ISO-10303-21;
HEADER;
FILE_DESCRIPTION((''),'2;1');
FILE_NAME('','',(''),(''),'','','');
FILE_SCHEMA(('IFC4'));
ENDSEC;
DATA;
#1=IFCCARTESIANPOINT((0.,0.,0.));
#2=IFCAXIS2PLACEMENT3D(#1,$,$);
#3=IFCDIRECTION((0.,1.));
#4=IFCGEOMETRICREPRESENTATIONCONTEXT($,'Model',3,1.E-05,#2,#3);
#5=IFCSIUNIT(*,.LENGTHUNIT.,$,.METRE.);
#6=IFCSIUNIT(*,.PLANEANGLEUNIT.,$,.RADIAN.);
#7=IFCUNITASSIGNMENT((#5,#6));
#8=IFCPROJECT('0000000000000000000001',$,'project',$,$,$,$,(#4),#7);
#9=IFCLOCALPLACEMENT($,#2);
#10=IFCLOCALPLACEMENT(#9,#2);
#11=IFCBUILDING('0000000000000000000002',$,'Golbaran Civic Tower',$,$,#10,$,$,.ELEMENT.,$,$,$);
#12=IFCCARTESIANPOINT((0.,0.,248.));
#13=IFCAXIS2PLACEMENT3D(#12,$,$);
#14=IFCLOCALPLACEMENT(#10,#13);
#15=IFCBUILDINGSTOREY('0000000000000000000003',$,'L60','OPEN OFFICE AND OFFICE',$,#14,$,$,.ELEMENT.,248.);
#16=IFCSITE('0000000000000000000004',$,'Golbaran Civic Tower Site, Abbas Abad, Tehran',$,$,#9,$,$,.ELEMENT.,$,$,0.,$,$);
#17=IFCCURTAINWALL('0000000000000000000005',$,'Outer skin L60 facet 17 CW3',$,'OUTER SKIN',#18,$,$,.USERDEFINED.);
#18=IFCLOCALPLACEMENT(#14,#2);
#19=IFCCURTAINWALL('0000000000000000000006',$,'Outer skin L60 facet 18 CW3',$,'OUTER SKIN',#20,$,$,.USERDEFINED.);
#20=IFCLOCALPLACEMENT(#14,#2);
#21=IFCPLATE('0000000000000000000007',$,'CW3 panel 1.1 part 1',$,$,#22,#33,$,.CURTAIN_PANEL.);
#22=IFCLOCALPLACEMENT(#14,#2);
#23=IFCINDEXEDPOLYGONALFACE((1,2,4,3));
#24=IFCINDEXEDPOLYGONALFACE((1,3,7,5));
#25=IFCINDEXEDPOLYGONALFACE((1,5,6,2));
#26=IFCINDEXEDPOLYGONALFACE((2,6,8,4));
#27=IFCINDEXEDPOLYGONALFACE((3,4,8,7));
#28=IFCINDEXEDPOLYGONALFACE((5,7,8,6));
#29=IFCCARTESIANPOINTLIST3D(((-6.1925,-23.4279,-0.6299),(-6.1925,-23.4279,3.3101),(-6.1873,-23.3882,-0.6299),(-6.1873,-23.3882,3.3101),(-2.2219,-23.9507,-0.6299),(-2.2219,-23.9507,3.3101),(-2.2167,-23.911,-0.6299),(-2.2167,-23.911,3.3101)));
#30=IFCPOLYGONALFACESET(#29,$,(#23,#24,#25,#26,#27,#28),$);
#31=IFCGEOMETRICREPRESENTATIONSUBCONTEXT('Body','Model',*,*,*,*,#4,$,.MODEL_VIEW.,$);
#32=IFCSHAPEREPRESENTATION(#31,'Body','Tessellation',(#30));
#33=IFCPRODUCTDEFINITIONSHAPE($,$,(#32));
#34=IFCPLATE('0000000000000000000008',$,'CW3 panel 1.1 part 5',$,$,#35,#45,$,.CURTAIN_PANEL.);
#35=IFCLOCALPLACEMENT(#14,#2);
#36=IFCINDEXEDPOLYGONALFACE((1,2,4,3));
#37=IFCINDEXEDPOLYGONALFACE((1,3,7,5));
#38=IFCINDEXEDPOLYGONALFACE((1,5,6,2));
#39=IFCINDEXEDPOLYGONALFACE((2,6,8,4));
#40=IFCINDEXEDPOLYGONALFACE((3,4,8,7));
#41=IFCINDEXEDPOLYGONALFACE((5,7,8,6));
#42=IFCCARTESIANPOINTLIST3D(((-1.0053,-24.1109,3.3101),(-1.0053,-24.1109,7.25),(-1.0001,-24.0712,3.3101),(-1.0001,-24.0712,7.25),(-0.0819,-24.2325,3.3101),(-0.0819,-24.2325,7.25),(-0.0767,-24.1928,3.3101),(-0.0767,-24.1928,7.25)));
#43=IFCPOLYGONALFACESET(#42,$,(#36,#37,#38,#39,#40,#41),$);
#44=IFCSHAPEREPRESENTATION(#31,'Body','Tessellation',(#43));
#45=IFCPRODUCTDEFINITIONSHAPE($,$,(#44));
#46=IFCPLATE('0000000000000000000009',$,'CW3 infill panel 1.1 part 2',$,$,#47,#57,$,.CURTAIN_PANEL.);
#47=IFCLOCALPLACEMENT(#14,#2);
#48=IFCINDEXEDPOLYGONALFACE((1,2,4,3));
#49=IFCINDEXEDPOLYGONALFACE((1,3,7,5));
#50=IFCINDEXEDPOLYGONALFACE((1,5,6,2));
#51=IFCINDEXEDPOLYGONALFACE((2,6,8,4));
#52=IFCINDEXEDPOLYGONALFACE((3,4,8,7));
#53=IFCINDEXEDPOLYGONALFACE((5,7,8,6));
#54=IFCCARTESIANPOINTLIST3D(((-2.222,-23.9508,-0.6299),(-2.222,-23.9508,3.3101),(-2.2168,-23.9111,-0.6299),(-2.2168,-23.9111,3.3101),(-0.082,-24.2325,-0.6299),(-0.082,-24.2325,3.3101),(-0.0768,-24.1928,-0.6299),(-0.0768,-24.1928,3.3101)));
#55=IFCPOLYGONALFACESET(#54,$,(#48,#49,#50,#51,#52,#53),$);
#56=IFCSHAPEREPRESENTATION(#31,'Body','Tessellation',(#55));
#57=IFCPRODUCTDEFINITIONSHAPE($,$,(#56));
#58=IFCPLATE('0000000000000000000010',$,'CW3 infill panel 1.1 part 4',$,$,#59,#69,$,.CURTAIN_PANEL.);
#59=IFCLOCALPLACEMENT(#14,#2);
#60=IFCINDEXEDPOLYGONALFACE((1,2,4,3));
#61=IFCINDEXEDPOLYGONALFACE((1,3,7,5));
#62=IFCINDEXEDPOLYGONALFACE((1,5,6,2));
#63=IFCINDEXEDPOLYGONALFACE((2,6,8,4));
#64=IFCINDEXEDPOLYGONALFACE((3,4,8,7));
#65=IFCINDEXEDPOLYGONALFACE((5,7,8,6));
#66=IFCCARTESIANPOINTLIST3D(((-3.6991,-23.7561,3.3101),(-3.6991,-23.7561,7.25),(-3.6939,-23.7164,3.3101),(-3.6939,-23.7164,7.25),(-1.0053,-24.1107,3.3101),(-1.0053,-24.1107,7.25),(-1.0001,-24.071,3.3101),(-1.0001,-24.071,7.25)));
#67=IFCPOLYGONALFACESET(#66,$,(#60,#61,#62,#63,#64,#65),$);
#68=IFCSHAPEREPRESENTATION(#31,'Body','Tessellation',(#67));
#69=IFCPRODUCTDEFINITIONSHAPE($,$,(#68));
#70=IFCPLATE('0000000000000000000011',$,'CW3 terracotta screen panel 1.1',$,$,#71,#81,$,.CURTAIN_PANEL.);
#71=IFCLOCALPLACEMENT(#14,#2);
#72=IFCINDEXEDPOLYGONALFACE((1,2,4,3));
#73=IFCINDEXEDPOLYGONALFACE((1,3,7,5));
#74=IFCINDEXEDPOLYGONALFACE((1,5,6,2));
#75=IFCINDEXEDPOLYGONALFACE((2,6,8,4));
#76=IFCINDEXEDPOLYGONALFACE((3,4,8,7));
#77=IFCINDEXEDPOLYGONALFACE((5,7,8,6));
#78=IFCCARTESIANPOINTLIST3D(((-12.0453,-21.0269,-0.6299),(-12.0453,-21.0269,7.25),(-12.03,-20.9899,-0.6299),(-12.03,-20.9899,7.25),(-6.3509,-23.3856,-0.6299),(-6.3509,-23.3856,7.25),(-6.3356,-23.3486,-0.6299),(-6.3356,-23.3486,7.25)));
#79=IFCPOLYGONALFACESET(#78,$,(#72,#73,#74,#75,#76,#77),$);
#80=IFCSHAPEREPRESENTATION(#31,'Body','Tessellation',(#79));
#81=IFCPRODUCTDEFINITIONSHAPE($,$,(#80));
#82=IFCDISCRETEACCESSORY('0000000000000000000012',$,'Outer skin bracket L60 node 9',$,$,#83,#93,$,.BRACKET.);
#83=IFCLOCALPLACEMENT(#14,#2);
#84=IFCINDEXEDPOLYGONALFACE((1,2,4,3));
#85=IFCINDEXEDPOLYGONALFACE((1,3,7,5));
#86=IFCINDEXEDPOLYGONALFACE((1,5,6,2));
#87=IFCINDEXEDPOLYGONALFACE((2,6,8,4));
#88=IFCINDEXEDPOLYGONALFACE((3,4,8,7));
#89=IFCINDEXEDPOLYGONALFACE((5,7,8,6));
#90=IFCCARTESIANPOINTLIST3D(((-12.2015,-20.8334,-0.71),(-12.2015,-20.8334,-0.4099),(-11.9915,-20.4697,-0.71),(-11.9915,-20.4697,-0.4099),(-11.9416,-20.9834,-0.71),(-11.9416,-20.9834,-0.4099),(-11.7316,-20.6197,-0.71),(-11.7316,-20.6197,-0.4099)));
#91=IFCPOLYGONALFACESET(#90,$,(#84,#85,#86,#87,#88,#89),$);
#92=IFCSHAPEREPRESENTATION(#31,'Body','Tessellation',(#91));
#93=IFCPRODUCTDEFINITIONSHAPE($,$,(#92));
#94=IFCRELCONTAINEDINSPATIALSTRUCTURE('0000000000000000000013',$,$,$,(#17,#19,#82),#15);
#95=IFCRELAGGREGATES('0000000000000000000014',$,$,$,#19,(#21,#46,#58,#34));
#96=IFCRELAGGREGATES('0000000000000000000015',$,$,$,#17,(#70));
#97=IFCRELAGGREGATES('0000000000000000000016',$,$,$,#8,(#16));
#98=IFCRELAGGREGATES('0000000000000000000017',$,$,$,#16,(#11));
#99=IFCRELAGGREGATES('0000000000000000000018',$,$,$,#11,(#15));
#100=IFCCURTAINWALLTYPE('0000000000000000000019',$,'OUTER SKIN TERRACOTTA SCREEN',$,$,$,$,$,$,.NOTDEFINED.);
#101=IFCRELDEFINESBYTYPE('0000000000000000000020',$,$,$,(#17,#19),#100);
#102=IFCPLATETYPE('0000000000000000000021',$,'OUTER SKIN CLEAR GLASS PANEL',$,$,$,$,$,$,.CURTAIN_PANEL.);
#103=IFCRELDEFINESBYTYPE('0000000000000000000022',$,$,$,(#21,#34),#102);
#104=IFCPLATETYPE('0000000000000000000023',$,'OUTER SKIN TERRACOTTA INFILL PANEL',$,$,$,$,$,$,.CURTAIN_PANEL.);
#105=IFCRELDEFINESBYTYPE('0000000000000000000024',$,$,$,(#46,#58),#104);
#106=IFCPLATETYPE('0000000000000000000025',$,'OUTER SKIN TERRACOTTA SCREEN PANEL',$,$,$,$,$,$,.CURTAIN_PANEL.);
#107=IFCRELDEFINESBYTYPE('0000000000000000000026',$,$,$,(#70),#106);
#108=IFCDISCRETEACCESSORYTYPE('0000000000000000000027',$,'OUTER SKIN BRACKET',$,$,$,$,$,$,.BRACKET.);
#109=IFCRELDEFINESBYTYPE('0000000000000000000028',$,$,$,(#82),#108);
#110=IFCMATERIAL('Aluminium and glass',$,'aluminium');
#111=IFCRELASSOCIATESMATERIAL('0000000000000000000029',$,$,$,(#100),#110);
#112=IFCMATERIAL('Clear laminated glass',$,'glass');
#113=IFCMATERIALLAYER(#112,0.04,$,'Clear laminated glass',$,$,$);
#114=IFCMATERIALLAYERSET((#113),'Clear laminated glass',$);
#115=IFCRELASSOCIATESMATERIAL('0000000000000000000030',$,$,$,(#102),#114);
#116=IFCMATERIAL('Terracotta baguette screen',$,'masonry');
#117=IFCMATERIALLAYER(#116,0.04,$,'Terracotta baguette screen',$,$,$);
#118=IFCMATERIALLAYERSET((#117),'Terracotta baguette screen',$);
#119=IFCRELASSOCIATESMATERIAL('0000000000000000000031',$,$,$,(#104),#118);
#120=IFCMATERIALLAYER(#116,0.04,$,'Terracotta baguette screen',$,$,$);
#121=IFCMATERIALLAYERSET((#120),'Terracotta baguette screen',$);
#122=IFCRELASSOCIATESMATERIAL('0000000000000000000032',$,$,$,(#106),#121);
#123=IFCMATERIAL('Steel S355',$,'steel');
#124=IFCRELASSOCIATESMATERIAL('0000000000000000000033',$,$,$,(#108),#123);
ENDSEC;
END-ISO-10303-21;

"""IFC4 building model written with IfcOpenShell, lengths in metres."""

from ifc_helpers import new_model, si_unit, direction, frame, origin, origin_2d, place, context, subcontext, project, spatial, rectangle, extrude, material, layer, layer_set, type_object, element, aggregate, save


model = new_model("IFC4")

# Units and contexts
model_context = context("Model", 3, precision=1e-05, world=origin(), true_north=direction((0.0, 1.0)))
body_context = subcontext(model_context, "Body", "Model", "MODEL_VIEW")
ifc_project = project(units=[si_unit("LENGTHUNIT", "METRE"), si_unit("PLANEANGLEUNIT", "RADIAN")], contexts=[model_context])

# Site, building, storey
site_placement = place(None, origin())
site = spatial("IfcSite", under=ifc_project, at=site_placement, Name="Golbaran Civic Tower Site, Abbas Abad, Tehran", CompositionType="ELEMENT", RefElevation=0.0)
building_placement = place(site_placement, origin())
building = spatial("IfcBuilding", under=site, at=building_placement, Name="Golbaran Civic Tower", CompositionType="ELEMENT")
storey_placement = place(building_placement, frame((0.0, 0.0, 248.0)))
storey = spatial("IfcBuildingStorey", under=building, at=storey_placement, Name="L60", Description="OPEN OFFICE AND OFFICE", CompositionType="ELEMENT", Elevation=248.0)

# Shared definitions
ifc_material_1 = material(Name="Steel S355", Category="steel")

# Shared definitions
ifc_material_2 = material(Name="Aluminium and glass", Category="aluminium")

# Shared definitions
curtain_wall_type_1 = type_object("IfcCurtainWallType", Name="OUTER SKIN TERRACOTTA SCREEN", PredefinedType="NOTDEFINED", material=ifc_material_2)

# Curtain walls
curtain_wall_1_placement = place(storey_placement, origin())
curtain_wall_1 = element("IfcCurtainWall", 1, at=curtain_wall_1_placement, inside=storey, type_object=curtain_wall_type_1, Name="Outer skin L60 facet 17 CW3", ObjectType="OUTER SKIN", PredefinedType="USERDEFINED")
curtain_wall_2_placement = place(storey_placement, origin())
curtain_wall_2 = element("IfcCurtainWall", 2, at=curtain_wall_2_placement, inside=storey, type_object=curtain_wall_type_1, Name="Outer skin L60 facet 18 CW3", ObjectType="OUTER SKIN", PredefinedType="USERDEFINED")

# Plates
ifc_material_3 = material(Name="Clear laminated glass", Category="glass")
ifc_layer_1 = layer(ifc_material_3, 0.04, Name="Clear laminated glass")
ifc_layer_set_1 = layer_set([ifc_layer_1], Name="Clear laminated glass")
plate_type_1 = type_object("IfcPlateType", Name="OUTER SKIN CLEAR GLASS PANEL", PredefinedType="CURTAIN_PANEL", material=ifc_layer_set_1)
plate_1_placement = place(storey_placement, frame((-4.2046, -23.6694, -0.6299), z_axis=(0.0, 0.0, 1.0), x_axis=(0.991445, -0.130526, 0.0)))
plate_1 = element("IfcPlate", 3, at=plate_1_placement, type_object=plate_type_1, Name="CW3 panel 1.1 part 1", PredefinedType="CURTAIN_PANEL", context=body_context, shape_type="SweptSolid", body=[
    extrude(rectangle(XDim=4.0049, YDim=0.04, at=origin_2d()), origin(), (0.0, 0.0, 1.0), 3.9399),
])
plate_2_placement = place(storey_placement, frame((-0.541, -24.1519, 3.3101), z_axis=(0.0, 0.0, 1.0), x_axis=(0.991445, -0.130526, 0.0)))
plate_2 = element("IfcPlate", 4, at=plate_2_placement, type_object=plate_type_1, Name="CW3 panel 1.1 part 5", PredefinedType="CURTAIN_PANEL", context=body_context, shape_type="SweptSolid", body=[
    extrude(rectangle(XDim=0.9314, YDim=0.04, at=origin_2d()), origin(), (0.0, 0.0, 1.0), 3.9399),
])
ifc_material_4 = material(Name="Terracotta baguette screen", Category="masonry")
ifc_layer_2 = layer(ifc_material_4, 0.04, Name="Terracotta baguette screen")
ifc_layer_set_2 = layer_set([ifc_layer_2], Name="Terracotta baguette screen")
plate_type_2 = type_object("IfcPlateType", Name="OUTER SKIN TERRACOTTA INFILL PANEL", PredefinedType="CURTAIN_PANEL", material=ifc_layer_set_2)
plate_3_placement = place(storey_placement, frame((-1.1494, -24.0718, -0.6299), z_axis=(0.0, 0.0, 1.0), x_axis=(0.991445, -0.130526, 0.0)))
plate_3 = element("IfcPlate", 5, at=plate_3_placement, type_object=plate_type_2, Name="CW3 infill panel 1.1 part 2", PredefinedType="CURTAIN_PANEL", context=body_context, shape_type="SweptSolid", body=[
    extrude(rectangle(XDim=2.1584, YDim=0.04, at=origin_2d()), origin(), (0.0, 0.0, 1.0), 3.9399),
])
plate_4_placement = place(storey_placement, frame((-2.3496, -23.9136, 3.3101), z_axis=(0.0, 0.0, 1.0), x_axis=(0.991445, -0.130526, 0.0)))
plate_4 = element("IfcPlate", 6, at=plate_4_placement, type_object=plate_type_2, Name="CW3 infill panel 1.1 part 4", PredefinedType="CURTAIN_PANEL", context=body_context, shape_type="SweptSolid", body=[
    extrude(rectangle(XDim=2.717, YDim=0.04, at=origin_2d()), origin(), (0.0, 0.0, 1.0), 3.9399),
])
aggregate(curtain_wall_2, [plate_1, plate_3, plate_4, plate_2])
ifc_layer_3 = layer(ifc_material_4, 0.04, Name="Terracotta baguette screen")
ifc_layer_set_3 = layer_set([ifc_layer_3], Name="Terracotta baguette screen")
plate_type_3 = type_object("IfcPlateType", Name="OUTER SKIN TERRACOTTA SCREEN PANEL", PredefinedType="CURTAIN_PANEL", material=ifc_layer_set_3)
plate_5_placement = place(storey_placement, frame((-9.1904, -22.1877, -0.6299), z_axis=(0.0, 0.0, 1.0), x_axis=(0.92388, -0.382683, 0.0)))
plate_5 = element("IfcPlate", 7, at=plate_5_placement, type_object=plate_type_3, Name="CW3 terracotta screen panel 1.1", PredefinedType="CURTAIN_PANEL", context=body_context, shape_type="SweptSolid", body=[
    extrude(rectangle(XDim=6.1636, YDim=0.04, at=origin_2d()), origin(), (0.0, 0.0, 1.0), 7.8799),
])
aggregate(curtain_wall_1, [plate_5])

# Discrete accessory
discrete_accessory_type = type_object("IfcDiscreteAccessoryType", Name="OUTER SKIN BRACKET", PredefinedType="BRACKET", material=ifc_material_1)
discrete_accessory_placement = place(storey_placement, frame((-11.9666, -20.7266, -0.71), z_axis=(0.0, 0.0, 1.0), x_axis=(-0.5, -0.866025, 0.0)))
element("IfcDiscreteAccessory", 8, at=discrete_accessory_placement, inside=storey, type_object=discrete_accessory_type, Name="Outer skin bracket L60 node 9", PredefinedType="BRACKET", context=body_context, shape_type="SweptSolid", body=[
    extrude(rectangle(XDim=0.4199, YDim=0.3, at=origin_2d()), origin(), (0.0, 0.0, 1.0), 0.3),
])

save(model, "model.ifc")
